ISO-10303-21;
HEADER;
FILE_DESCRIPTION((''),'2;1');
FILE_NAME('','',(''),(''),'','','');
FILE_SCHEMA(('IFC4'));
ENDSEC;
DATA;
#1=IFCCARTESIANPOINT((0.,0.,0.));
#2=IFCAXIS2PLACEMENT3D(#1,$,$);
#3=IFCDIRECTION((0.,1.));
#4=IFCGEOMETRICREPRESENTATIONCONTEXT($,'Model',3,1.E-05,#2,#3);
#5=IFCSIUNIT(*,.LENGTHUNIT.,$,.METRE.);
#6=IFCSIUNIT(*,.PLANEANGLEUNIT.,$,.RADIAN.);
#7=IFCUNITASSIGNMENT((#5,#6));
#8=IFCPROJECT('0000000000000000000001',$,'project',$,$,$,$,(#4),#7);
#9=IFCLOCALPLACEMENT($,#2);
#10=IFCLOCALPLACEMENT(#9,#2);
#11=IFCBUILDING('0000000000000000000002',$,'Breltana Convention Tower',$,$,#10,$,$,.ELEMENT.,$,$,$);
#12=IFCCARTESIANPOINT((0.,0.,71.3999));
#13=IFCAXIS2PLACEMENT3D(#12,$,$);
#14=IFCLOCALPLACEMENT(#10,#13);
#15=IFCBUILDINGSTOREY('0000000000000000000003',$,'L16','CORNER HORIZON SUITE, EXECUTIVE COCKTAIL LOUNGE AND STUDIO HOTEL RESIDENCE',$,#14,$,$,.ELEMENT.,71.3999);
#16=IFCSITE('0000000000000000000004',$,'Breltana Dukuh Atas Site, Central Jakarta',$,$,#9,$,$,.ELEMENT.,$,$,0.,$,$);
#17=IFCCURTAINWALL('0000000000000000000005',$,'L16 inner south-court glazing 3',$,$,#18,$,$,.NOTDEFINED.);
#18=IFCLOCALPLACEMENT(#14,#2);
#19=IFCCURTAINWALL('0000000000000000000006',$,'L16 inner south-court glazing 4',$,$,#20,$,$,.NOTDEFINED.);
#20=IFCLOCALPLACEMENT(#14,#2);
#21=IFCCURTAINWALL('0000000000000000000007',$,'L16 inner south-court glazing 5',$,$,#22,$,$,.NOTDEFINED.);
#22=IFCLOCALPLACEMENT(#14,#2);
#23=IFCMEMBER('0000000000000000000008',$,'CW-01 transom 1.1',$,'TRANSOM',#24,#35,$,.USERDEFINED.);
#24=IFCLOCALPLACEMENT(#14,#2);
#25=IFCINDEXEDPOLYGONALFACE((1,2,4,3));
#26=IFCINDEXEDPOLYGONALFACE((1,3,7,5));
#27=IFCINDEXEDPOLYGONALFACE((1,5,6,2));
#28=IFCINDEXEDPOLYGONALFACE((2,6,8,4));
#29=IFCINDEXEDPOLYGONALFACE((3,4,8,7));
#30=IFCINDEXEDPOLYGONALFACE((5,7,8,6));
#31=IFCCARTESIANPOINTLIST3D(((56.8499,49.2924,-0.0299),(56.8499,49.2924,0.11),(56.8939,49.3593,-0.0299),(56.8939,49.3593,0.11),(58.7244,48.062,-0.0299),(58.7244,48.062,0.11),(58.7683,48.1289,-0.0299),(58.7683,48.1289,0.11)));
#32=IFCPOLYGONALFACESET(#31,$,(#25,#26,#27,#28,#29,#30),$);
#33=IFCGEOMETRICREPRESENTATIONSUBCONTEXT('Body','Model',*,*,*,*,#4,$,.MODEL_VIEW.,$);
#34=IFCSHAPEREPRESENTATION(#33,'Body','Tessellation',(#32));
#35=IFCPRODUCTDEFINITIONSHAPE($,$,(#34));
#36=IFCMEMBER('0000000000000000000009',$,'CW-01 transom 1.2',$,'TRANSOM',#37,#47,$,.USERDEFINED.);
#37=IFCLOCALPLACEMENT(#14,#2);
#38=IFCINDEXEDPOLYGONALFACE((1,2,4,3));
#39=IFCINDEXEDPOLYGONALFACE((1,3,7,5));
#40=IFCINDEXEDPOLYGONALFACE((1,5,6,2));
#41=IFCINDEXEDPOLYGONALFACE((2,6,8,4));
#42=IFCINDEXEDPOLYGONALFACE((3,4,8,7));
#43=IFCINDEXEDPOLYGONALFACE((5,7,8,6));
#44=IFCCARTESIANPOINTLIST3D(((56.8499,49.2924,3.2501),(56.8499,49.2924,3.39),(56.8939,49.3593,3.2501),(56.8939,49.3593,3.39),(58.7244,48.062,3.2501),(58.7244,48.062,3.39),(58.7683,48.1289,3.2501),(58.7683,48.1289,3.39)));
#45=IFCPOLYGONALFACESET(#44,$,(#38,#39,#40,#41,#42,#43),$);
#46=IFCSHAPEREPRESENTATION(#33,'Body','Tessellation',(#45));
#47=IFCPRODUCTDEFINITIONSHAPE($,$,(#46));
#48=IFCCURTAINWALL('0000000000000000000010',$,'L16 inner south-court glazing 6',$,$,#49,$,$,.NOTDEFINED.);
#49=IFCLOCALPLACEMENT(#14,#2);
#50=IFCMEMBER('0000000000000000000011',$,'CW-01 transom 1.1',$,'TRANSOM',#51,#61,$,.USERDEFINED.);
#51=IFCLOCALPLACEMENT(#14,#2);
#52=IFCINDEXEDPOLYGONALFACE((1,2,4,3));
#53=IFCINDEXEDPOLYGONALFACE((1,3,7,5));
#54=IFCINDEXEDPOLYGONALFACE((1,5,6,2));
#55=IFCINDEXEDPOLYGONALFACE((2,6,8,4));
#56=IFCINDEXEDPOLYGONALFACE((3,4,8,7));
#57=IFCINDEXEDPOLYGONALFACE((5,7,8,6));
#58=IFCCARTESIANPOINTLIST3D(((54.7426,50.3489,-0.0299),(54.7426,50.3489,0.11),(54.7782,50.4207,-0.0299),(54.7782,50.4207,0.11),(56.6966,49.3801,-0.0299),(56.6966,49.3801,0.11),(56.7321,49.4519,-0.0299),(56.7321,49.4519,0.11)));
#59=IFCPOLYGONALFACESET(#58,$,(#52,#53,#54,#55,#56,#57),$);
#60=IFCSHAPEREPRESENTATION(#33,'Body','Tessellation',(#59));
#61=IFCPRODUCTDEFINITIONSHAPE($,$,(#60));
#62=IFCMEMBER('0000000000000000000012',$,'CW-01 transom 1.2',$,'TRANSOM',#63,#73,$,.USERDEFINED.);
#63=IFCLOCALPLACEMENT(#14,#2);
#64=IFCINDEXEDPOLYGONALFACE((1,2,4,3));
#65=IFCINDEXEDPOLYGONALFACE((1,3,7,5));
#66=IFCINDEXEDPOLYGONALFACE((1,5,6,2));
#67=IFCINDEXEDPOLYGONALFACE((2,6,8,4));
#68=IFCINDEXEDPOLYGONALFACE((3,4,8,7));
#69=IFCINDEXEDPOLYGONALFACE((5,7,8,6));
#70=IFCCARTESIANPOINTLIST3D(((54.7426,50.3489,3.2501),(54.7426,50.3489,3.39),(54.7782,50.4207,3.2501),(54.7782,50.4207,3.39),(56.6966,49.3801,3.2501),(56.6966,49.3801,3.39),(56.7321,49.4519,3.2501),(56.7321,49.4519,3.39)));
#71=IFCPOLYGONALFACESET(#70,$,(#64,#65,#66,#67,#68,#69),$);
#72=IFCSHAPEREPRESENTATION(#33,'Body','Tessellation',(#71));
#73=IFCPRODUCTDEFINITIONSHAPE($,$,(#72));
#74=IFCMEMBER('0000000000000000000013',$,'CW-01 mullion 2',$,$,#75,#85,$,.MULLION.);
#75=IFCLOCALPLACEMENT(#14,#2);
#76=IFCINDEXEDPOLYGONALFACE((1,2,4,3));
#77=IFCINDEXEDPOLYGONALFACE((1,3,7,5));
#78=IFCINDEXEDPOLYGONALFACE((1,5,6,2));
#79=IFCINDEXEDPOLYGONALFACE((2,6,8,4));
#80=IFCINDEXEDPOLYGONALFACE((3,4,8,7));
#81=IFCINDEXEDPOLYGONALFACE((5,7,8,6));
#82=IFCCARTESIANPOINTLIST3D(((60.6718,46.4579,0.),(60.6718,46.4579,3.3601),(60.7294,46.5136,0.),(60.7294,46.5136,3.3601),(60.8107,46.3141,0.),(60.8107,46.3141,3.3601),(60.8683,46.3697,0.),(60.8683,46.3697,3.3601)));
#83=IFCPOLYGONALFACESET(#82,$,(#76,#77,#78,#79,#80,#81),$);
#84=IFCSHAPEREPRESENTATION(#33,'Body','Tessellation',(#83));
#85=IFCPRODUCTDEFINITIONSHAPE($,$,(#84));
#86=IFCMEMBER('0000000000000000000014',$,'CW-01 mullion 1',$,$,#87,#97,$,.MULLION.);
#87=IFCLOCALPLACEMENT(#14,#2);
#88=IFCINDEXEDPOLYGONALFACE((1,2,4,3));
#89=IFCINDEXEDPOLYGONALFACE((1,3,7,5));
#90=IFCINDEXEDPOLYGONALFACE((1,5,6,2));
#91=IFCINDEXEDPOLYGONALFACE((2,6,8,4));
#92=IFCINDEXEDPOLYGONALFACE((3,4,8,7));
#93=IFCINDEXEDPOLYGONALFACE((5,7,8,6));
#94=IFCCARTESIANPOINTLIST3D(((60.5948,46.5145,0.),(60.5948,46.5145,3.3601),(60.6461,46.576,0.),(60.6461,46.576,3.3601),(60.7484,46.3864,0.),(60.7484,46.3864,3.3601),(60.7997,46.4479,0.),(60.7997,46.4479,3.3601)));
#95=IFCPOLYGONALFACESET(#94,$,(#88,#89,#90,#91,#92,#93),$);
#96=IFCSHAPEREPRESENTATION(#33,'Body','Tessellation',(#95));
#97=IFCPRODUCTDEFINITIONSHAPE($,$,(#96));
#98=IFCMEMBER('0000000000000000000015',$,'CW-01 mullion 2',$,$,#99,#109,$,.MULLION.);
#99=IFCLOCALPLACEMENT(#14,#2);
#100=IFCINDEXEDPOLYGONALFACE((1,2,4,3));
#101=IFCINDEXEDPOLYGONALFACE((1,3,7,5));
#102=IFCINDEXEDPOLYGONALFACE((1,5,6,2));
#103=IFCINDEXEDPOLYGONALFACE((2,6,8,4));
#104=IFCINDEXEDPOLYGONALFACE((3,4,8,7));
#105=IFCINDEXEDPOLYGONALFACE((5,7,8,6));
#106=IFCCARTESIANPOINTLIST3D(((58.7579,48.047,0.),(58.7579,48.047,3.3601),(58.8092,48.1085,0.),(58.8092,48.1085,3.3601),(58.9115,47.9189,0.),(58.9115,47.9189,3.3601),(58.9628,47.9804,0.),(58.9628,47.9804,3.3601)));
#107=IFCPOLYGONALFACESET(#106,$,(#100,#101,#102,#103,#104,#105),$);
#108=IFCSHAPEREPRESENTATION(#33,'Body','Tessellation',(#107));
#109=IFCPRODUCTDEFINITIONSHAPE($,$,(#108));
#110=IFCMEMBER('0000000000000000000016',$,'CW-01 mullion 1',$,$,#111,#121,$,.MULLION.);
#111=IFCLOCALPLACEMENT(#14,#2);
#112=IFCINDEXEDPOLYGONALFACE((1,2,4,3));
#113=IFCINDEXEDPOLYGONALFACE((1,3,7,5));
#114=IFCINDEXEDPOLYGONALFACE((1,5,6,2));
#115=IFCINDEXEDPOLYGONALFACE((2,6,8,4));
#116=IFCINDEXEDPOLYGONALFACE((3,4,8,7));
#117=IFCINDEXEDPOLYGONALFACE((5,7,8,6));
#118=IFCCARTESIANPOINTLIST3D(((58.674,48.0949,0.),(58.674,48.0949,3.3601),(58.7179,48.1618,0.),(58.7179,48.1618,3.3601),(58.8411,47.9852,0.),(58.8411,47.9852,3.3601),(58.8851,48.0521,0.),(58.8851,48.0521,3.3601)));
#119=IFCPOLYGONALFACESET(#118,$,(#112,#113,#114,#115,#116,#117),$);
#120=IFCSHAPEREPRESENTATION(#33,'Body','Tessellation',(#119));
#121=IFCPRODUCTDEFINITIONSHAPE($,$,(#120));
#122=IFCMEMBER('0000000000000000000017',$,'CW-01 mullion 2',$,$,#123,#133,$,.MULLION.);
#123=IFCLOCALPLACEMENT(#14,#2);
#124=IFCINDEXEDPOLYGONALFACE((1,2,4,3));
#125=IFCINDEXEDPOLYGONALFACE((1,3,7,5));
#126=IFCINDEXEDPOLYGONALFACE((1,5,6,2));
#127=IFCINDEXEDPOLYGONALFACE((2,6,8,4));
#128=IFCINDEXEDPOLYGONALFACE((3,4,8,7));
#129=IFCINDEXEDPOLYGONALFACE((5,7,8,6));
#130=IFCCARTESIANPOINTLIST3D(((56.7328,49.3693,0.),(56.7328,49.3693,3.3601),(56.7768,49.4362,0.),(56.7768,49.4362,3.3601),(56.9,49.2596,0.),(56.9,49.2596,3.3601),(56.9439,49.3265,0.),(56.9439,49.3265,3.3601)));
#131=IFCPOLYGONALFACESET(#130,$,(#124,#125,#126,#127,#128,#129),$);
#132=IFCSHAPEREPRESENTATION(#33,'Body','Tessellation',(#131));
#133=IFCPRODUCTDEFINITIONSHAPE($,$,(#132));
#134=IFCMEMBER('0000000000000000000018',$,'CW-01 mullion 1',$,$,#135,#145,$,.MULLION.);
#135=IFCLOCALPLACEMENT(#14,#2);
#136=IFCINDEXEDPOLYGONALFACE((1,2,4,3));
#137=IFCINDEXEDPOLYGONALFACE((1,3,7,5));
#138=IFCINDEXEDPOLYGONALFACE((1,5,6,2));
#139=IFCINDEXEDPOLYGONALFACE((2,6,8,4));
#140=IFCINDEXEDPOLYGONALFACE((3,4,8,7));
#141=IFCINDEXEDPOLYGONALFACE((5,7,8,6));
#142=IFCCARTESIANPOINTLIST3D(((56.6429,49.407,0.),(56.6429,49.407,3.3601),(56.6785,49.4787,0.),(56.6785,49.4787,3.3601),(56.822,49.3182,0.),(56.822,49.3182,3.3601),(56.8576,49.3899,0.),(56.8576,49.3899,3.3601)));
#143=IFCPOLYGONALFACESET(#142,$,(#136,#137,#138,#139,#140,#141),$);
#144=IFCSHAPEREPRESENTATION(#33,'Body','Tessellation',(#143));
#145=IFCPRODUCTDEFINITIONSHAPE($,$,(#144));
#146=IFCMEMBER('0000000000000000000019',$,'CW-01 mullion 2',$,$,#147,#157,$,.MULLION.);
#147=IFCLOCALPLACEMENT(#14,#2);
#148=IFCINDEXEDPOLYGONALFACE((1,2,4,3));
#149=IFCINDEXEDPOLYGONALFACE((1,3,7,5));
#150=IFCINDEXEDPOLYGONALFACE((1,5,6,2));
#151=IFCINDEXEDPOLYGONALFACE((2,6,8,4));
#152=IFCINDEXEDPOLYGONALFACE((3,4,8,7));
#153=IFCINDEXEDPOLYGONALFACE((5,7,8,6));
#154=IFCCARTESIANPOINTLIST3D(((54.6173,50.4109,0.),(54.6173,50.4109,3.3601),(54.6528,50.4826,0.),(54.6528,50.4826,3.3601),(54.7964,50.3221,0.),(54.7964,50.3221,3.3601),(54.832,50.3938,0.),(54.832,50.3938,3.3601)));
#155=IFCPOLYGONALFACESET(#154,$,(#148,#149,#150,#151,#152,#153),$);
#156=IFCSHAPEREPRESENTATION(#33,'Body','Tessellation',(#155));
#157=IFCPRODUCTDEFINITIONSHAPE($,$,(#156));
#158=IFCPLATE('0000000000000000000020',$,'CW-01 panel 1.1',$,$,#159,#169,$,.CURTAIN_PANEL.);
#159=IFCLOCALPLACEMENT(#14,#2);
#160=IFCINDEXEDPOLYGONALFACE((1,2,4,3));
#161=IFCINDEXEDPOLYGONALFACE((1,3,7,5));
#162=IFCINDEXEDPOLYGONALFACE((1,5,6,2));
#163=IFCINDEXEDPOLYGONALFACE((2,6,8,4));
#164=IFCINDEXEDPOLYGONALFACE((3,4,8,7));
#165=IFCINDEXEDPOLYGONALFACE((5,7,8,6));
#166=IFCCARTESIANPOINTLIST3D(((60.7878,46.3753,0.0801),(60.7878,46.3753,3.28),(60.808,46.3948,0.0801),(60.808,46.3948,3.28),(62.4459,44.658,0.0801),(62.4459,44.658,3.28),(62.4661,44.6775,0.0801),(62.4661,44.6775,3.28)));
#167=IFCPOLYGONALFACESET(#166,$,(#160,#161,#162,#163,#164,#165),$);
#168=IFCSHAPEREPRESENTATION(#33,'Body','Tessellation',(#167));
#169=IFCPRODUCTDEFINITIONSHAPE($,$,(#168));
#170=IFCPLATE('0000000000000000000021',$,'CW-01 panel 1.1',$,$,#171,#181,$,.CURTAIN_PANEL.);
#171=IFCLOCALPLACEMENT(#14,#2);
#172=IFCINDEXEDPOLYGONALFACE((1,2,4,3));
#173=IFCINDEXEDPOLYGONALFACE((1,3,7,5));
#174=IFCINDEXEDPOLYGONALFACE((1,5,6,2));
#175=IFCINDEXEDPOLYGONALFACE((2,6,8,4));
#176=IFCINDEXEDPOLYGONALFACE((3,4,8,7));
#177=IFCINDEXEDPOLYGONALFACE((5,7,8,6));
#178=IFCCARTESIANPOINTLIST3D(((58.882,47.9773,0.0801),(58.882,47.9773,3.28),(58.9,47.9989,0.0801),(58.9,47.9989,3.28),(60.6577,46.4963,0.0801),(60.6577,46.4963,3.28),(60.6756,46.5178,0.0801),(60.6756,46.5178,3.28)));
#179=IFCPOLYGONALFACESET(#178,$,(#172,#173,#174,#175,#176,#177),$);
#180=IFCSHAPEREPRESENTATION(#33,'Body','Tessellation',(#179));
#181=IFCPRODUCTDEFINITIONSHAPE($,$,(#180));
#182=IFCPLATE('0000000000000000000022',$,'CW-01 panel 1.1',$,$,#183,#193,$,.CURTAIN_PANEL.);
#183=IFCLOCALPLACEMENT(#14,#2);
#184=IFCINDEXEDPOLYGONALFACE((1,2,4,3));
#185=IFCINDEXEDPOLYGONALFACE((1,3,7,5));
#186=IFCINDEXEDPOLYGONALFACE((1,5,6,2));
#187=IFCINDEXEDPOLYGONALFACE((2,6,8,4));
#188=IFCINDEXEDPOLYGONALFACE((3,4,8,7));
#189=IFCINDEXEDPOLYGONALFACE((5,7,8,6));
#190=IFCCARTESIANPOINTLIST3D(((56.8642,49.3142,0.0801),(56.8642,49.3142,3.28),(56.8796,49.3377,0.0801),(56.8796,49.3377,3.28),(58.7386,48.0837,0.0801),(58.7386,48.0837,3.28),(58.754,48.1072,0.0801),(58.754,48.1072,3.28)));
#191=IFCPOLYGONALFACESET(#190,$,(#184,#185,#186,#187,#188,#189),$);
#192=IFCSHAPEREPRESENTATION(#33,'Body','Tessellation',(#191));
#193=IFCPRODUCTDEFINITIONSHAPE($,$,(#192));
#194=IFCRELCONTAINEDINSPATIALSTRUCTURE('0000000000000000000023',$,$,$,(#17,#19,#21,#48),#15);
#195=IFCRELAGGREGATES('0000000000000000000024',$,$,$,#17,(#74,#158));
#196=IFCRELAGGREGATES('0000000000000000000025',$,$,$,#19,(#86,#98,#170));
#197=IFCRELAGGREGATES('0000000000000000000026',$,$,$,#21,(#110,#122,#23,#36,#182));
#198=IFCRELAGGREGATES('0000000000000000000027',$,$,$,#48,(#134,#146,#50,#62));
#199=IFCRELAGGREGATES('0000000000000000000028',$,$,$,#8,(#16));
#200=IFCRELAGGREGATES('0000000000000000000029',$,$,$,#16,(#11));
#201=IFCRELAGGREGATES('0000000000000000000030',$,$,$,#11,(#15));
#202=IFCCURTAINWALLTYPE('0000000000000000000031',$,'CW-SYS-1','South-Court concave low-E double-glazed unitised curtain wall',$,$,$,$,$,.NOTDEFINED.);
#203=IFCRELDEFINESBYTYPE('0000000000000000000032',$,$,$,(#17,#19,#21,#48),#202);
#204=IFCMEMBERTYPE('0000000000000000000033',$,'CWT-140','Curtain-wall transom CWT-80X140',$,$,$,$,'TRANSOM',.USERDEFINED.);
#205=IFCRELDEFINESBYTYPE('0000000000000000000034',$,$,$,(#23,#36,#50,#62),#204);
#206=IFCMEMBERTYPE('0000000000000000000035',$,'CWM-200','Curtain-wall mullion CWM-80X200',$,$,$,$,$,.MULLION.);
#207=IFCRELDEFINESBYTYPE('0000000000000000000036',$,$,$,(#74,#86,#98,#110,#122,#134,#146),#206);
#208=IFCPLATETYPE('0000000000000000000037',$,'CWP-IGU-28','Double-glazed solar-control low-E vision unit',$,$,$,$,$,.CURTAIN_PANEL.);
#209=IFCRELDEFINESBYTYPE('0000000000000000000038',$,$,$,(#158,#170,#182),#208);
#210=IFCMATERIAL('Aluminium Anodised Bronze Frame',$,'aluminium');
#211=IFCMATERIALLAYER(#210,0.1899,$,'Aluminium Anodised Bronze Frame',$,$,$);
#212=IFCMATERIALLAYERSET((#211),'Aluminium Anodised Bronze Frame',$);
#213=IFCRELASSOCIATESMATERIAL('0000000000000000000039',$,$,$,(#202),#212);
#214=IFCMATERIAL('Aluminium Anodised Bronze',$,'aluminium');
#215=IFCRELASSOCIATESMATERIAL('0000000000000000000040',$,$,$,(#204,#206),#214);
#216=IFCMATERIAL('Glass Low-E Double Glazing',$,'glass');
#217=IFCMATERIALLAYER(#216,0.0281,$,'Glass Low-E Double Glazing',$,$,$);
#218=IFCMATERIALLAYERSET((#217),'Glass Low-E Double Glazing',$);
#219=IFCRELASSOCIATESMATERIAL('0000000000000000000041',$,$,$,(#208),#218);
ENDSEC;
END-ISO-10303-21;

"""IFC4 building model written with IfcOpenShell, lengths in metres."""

from ifc_helpers import new_model, si_unit, direction, frame, origin, origin_2d, place, context, subcontext, project, spatial, rectangle, extrude, source, transform, mapped, material, layer, layer_set, material_profile, profile_set, type_object, element, aggregate, save


model = new_model("IFC4")

# Units and contexts
model_context = context("Model", 3, precision=1e-05, world=origin(), true_north=direction((0.0, 1.0)))
body_context = subcontext(model_context, "Body", "Model", "MODEL_VIEW")
ifc_project = project(units=[si_unit("LENGTHUNIT", "METRE"), si_unit("PLANEANGLEUNIT", "RADIAN")], contexts=[model_context])

# Site, building, storey
site_placement = place(None, origin())
site = spatial("IfcSite", under=ifc_project, at=site_placement, Name="Breltana Dukuh Atas Site, Central Jakarta", CompositionType="ELEMENT", RefElevation=0.0)
building_placement = place(site_placement, origin())
building = spatial("IfcBuilding", under=site, at=building_placement, Name="Breltana Convention Tower", CompositionType="ELEMENT")
storey_placement = place(building_placement, frame((0.0, 0.0, 71.3999)))
storey = spatial("IfcBuildingStorey", under=building, at=storey_placement, Name="L16", Description="CORNER HORIZON SUITE, EXECUTIVE COCKTAIL LOUNGE AND STUDIO HOTEL RESIDENCE", CompositionType="ELEMENT", Elevation=71.3999)

# Curtain walls, members
ifc_material_1 = material(Name="Aluminium Anodised Bronze Frame", Category="aluminium")
ifc_layer_1 = layer(ifc_material_1, 0.1899, Name="Aluminium Anodised Bronze Frame")
ifc_layer_set_1 = layer_set([ifc_layer_1], Name="Aluminium Anodised Bronze Frame")
curtain_wall_type = type_object("IfcCurtainWallType", Name="CW-SYS-1", Description="South-Court concave low-E double-glazed unitised curtain wall", PredefinedType="NOTDEFINED", material=ifc_layer_set_1)
curtain_wall_1_placement = place(storey_placement, origin())
curtain_wall_1 = element("IfcCurtainWall", 1, at=curtain_wall_1_placement, inside=storey, type_object=curtain_wall_type, Name="L16 inner south-court glazing 3", PredefinedType="NOTDEFINED")
ifc_material_2 = material(Name="Aluminium Anodised Bronze", Category="aluminium")
ifc_material_profile_1 = material_profile(ifc_material_2, rectangle(XDim=0.0801, YDim=0.1399, at=origin_2d()), Name="CWT-80X140")
ifc_profile_set_1 = profile_set([ifc_material_profile_1], Name="Aluminium Anodised Bronze")
member_type_1 = type_object("IfcMemberType", Name="CWT-140", Description="Curtain-wall transom CWT-80X140", ElementType="TRANSOM", PredefinedType="USERDEFINED", material=ifc_profile_set_1)
curtain_wall_2_placement = place(storey_placement, origin())
curtain_wall_2 = element("IfcCurtainWall", 2, at=curtain_wall_2_placement, inside=storey, type_object=curtain_wall_type, Name="L16 inner south-court glazing 4", PredefinedType="NOTDEFINED")
curtain_wall_3_placement = place(storey_placement, origin())
curtain_wall_3 = element("IfcCurtainWall", 3, at=curtain_wall_3_placement, inside=storey, type_object=curtain_wall_type, Name="L16 inner south-court glazing 5", PredefinedType="NOTDEFINED")
shared_shape_1 = source(origin(), body_context, "Body", "SweptSolid", [
    extrude(rectangle(XDim=0.0801, YDim=0.1399, at=origin_2d()), origin(), (0.0, 0.0, 1.0), 2.2422),
])
member_1_placement = place(storey_placement, frame((58.7463, 48.0955, 0.04), z_axis=(-0.835982, 0.548756, 0.0), x_axis=(-0.548756, -0.835982, 0.0)))
member_1 = element("IfcMember", 4, at=member_1_placement, type_object=member_type_1, Name="CW-01 transom 1.1", ObjectType="TRANSOM", PredefinedType="USERDEFINED", context=body_context, shape_type="MappedRepresentation", body=[
    mapped(shared_shape_1, transform((0.0, 0.0, 0.0), scale=1.0)),
])
member_2_placement = place(storey_placement, frame((58.7463, 48.0955, 3.3201), z_axis=(-0.835982, 0.548756, 0.0), x_axis=(-0.548756, -0.835982, 0.0)))
member_2 = element("IfcMember", 5, at=member_2_placement, type_object=member_type_1, Name="CW-01 transom 1.2", ObjectType="TRANSOM", PredefinedType="USERDEFINED", context=body_context, shape_type="MappedRepresentation", body=[
    mapped(shared_shape_1, transform((0.0, 0.0, 0.0), scale=1.0)),
])
curtain_wall_4_placement = place(storey_placement, origin())
curtain_wall_4 = element("IfcCurtainWall", 6, at=curtain_wall_4_placement, inside=storey, type_object=curtain_wall_type, Name="L16 inner south-court glazing 6", PredefinedType="NOTDEFINED")
shared_shape_2 = source(origin(), body_context, "Body", "SweptSolid", [
    extrude(rectangle(XDim=0.0801, YDim=0.1399, at=origin_2d()), origin(), (0.0, 0.0, 1.0), 2.1809),
])
member_3_placement = place(storey_placement, frame((56.7144, 49.416, 0.04), z_axis=(-0.895922, 0.444211, 0.0), x_axis=(-0.444211, -0.895922, 0.0)))
member_3 = element("IfcMember", 7, at=member_3_placement, type_object=member_type_1, Name="CW-01 transom 1.1", ObjectType="TRANSOM", PredefinedType="USERDEFINED", context=body_context, shape_type="MappedRepresentation", body=[
    mapped(shared_shape_2, transform((0.0, 0.0, 0.0), scale=1.0)),
])
member_4_placement = place(storey_placement, frame((56.7144, 49.416, 3.3201), z_axis=(-0.895922, 0.444211, 0.0), x_axis=(-0.444211, -0.895922, 0.0)))
member_4 = element("IfcMember", 8, at=member_4_placement, type_object=member_type_1, Name="CW-01 transom 1.2", ObjectType="TRANSOM", PredefinedType="USERDEFINED", context=body_context, shape_type="MappedRepresentation", body=[
    mapped(shared_shape_2, transform((0.0, 0.0, 0.0), scale=1.0)),
])

# Members
ifc_material_profile_2 = material_profile(ifc_material_2, rectangle(XDim=0.0801, YDim=0.2, at=origin_2d()), Name="CWM-80X200")
ifc_profile_set_2 = profile_set([ifc_material_profile_2], Name="Aluminium Anodised Bronze")
member_type_2 = type_object("IfcMemberType", Name="CWM-200", Description="Curtain-wall mullion CWM-80X200", PredefinedType="MULLION", material=ifc_profile_set_2)
shared_shape_3 = source(origin(), body_context, "Body", "SweptSolid", [
    extrude(rectangle(XDim=0.0801, YDim=0.2, at=origin_2d()), origin(), (0.0, 0.0, 1.0), 3.3601),
])
member_5_placement = place(storey_placement, frame((60.77, 46.4138, 0.0), z_axis=(0.0, 0.0, 1.0), x_axis=(-0.719385, -0.694612, 0.0)))
member_5 = element("IfcMember", 9, at=member_5_placement, type_object=member_type_2, Name="CW-01 mullion 2", PredefinedType="MULLION", context=body_context, shape_type="MappedRepresentation", body=[
    mapped(shared_shape_3, transform((0.0, 0.0, 0.0), scale=1.0)),
])
member_6_placement = place(storey_placement, frame((60.6973, 46.4812, 0.0), z_axis=(0.0, 0.0, 1.0), x_axis=(-0.640523, -0.767939, 0.0)))
member_6 = element("IfcMember", 10, at=member_6_placement, type_object=member_type_2, Name="CW-01 mullion 1", PredefinedType="MULLION", context=body_context, shape_type="MappedRepresentation", body=[
    mapped(shared_shape_3, transform((0.0, 0.0, 0.0), scale=1.0)),
])
member_7_placement = place(storey_placement, frame((58.8604, 48.0137, 0.0), z_axis=(0.0, 0.0, 1.0), x_axis=(-0.640523, -0.767939, 0.0)))
member_7 = element("IfcMember", 11, at=member_7_placement, type_object=member_type_2, Name="CW-01 mullion 2", PredefinedType="MULLION", context=body_context, shape_type="MappedRepresentation", body=[
    mapped(shared_shape_3, transform((0.0, 0.0, 0.0), scale=1.0)),
])
member_8_placement = place(storey_placement, frame((58.7795, 48.0735, 0.0), z_axis=(0.0, 0.0, 1.0), x_axis=(-0.548778, -0.835968, 0.0)))
member_8 = element("IfcMember", 12, at=member_8_placement, type_object=member_type_2, Name="CW-01 mullion 1", PredefinedType="MULLION", context=body_context, shape_type="MappedRepresentation", body=[
    mapped(shared_shape_3, transform((0.0, 0.0, 0.0), scale=1.0)),
])
member_9_placement = place(storey_placement, frame((56.8384, 49.3479, 0.0), z_axis=(0.0, 0.0, 1.0), x_axis=(-0.548778, -0.835968, 0.0)))
member_9 = element("IfcMember", 13, at=member_9_placement, type_object=member_type_2, Name="CW-01 mullion 2", PredefinedType="MULLION", context=body_context, shape_type="MappedRepresentation", body=[
    mapped(shared_shape_3, transform((0.0, 0.0, 0.0), scale=1.0)),
])
member_10_placement = place(storey_placement, frame((56.7502, 49.3984, 0.0), z_axis=(0.0, 0.0, 1.0), x_axis=(-0.444118, -0.895968, 0.0)))
member_10 = element("IfcMember", 14, at=member_10_placement, type_object=member_type_2, Name="CW-01 mullion 1", PredefinedType="MULLION", context=body_context, shape_type="MappedRepresentation", body=[
    mapped(shared_shape_3, transform((0.0, 0.0, 0.0), scale=1.0)),
])
member_11_placement = place(storey_placement, frame((54.7246, 50.4023, 0.0), z_axis=(0.0, 0.0, 1.0), x_axis=(-0.444118, -0.895968, 0.0)))
member_11 = element("IfcMember", 15, at=member_11_placement, type_object=member_type_2, Name="CW-01 mullion 2", PredefinedType="MULLION", context=body_context, shape_type="MappedRepresentation", body=[
    mapped(shared_shape_3, transform((0.0, 0.0, 0.0), scale=1.0)),
])

# Plates
ifc_material_3 = material(Name="Glass Low-E Double Glazing", Category="glass")
ifc_layer_2 = layer(ifc_material_3, 0.0281, Name="Glass Low-E Double Glazing")
ifc_layer_set_2 = layer_set([ifc_layer_2], Name="Glass Low-E Double Glazing")
plate_type = type_object("IfcPlateType", Name="CWP-IGU-28", Description="Double-glazed solar-control low-E vision unit", PredefinedType="CURTAIN_PANEL", material=ifc_layer_set_2)
shared_shape_4 = source(origin(), body_context, "Body", "SweptSolid", [
    extrude(rectangle(XDim=2.3872, YDim=0.0281, at=origin_2d()), origin(), (0.0, 0.0, 1.0), 3.2),
])
plate_1_placement = place(storey_placement, frame((61.627, 45.5264, 0.0801), z_axis=(0.0, 0.0, 1.0), x_axis=(-0.694612, 0.719385, 0.0)))
plate_1 = element("IfcPlate", 16, at=plate_1_placement, type_object=plate_type, Name="CW-01 panel 1.1", PredefinedType="CURTAIN_PANEL", context=body_context, shape_type="MappedRepresentation", body=[
    mapped(shared_shape_4, transform((0.0, 0.0, 0.0), scale=1.0)),
])
aggregate(curtain_wall_1, [member_5, plate_1])
shared_shape_5 = source(origin(), body_context, "Body", "SweptSolid", [
    extrude(rectangle(XDim=2.3123, YDim=0.0281, at=origin_2d()), origin(), (0.0, 0.0, 1.0), 3.2),
])
plate_2_placement = place(storey_placement, frame((59.7788, 47.2476, 0.0801), z_axis=(0.0, 0.0, 1.0), x_axis=(-0.767939, 0.640523, 0.0)))
plate_2 = element("IfcPlate", 17, at=plate_2_placement, type_object=plate_type, Name="CW-01 panel 1.1", PredefinedType="CURTAIN_PANEL", context=body_context, shape_type="MappedRepresentation", body=[
    mapped(shared_shape_5, transform((0.0, 0.0, 0.0), scale=1.0)),
])
aggregate(curtain_wall_2, [member_6, member_7, plate_2])
shared_shape_6 = source(origin(), body_context, "Body", "SweptSolid", [
    extrude(rectangle(XDim=2.2422, YDim=0.0281, at=origin_2d()), origin(), (0.0, 0.0, 1.0), 3.2),
])
plate_3_placement = place(storey_placement, frame((57.8091, 48.7107, 0.0801), z_axis=(0.0, 0.0, 1.0), x_axis=(-0.835968, 0.548778, 0.0)))
plate_3 = element("IfcPlate", 18, at=plate_3_placement, type_object=plate_type, Name="CW-01 panel 1.1", PredefinedType="CURTAIN_PANEL", context=body_context, shape_type="MappedRepresentation", body=[
    mapped(shared_shape_6, transform((0.0, 0.0, 0.0), scale=1.0)),
])
aggregate(curtain_wall_3, [member_8, member_9, member_1, member_2, plate_3])
aggregate(curtain_wall_4, [member_10, member_11, member_3, member_4])

save(model, "model.ifc")
